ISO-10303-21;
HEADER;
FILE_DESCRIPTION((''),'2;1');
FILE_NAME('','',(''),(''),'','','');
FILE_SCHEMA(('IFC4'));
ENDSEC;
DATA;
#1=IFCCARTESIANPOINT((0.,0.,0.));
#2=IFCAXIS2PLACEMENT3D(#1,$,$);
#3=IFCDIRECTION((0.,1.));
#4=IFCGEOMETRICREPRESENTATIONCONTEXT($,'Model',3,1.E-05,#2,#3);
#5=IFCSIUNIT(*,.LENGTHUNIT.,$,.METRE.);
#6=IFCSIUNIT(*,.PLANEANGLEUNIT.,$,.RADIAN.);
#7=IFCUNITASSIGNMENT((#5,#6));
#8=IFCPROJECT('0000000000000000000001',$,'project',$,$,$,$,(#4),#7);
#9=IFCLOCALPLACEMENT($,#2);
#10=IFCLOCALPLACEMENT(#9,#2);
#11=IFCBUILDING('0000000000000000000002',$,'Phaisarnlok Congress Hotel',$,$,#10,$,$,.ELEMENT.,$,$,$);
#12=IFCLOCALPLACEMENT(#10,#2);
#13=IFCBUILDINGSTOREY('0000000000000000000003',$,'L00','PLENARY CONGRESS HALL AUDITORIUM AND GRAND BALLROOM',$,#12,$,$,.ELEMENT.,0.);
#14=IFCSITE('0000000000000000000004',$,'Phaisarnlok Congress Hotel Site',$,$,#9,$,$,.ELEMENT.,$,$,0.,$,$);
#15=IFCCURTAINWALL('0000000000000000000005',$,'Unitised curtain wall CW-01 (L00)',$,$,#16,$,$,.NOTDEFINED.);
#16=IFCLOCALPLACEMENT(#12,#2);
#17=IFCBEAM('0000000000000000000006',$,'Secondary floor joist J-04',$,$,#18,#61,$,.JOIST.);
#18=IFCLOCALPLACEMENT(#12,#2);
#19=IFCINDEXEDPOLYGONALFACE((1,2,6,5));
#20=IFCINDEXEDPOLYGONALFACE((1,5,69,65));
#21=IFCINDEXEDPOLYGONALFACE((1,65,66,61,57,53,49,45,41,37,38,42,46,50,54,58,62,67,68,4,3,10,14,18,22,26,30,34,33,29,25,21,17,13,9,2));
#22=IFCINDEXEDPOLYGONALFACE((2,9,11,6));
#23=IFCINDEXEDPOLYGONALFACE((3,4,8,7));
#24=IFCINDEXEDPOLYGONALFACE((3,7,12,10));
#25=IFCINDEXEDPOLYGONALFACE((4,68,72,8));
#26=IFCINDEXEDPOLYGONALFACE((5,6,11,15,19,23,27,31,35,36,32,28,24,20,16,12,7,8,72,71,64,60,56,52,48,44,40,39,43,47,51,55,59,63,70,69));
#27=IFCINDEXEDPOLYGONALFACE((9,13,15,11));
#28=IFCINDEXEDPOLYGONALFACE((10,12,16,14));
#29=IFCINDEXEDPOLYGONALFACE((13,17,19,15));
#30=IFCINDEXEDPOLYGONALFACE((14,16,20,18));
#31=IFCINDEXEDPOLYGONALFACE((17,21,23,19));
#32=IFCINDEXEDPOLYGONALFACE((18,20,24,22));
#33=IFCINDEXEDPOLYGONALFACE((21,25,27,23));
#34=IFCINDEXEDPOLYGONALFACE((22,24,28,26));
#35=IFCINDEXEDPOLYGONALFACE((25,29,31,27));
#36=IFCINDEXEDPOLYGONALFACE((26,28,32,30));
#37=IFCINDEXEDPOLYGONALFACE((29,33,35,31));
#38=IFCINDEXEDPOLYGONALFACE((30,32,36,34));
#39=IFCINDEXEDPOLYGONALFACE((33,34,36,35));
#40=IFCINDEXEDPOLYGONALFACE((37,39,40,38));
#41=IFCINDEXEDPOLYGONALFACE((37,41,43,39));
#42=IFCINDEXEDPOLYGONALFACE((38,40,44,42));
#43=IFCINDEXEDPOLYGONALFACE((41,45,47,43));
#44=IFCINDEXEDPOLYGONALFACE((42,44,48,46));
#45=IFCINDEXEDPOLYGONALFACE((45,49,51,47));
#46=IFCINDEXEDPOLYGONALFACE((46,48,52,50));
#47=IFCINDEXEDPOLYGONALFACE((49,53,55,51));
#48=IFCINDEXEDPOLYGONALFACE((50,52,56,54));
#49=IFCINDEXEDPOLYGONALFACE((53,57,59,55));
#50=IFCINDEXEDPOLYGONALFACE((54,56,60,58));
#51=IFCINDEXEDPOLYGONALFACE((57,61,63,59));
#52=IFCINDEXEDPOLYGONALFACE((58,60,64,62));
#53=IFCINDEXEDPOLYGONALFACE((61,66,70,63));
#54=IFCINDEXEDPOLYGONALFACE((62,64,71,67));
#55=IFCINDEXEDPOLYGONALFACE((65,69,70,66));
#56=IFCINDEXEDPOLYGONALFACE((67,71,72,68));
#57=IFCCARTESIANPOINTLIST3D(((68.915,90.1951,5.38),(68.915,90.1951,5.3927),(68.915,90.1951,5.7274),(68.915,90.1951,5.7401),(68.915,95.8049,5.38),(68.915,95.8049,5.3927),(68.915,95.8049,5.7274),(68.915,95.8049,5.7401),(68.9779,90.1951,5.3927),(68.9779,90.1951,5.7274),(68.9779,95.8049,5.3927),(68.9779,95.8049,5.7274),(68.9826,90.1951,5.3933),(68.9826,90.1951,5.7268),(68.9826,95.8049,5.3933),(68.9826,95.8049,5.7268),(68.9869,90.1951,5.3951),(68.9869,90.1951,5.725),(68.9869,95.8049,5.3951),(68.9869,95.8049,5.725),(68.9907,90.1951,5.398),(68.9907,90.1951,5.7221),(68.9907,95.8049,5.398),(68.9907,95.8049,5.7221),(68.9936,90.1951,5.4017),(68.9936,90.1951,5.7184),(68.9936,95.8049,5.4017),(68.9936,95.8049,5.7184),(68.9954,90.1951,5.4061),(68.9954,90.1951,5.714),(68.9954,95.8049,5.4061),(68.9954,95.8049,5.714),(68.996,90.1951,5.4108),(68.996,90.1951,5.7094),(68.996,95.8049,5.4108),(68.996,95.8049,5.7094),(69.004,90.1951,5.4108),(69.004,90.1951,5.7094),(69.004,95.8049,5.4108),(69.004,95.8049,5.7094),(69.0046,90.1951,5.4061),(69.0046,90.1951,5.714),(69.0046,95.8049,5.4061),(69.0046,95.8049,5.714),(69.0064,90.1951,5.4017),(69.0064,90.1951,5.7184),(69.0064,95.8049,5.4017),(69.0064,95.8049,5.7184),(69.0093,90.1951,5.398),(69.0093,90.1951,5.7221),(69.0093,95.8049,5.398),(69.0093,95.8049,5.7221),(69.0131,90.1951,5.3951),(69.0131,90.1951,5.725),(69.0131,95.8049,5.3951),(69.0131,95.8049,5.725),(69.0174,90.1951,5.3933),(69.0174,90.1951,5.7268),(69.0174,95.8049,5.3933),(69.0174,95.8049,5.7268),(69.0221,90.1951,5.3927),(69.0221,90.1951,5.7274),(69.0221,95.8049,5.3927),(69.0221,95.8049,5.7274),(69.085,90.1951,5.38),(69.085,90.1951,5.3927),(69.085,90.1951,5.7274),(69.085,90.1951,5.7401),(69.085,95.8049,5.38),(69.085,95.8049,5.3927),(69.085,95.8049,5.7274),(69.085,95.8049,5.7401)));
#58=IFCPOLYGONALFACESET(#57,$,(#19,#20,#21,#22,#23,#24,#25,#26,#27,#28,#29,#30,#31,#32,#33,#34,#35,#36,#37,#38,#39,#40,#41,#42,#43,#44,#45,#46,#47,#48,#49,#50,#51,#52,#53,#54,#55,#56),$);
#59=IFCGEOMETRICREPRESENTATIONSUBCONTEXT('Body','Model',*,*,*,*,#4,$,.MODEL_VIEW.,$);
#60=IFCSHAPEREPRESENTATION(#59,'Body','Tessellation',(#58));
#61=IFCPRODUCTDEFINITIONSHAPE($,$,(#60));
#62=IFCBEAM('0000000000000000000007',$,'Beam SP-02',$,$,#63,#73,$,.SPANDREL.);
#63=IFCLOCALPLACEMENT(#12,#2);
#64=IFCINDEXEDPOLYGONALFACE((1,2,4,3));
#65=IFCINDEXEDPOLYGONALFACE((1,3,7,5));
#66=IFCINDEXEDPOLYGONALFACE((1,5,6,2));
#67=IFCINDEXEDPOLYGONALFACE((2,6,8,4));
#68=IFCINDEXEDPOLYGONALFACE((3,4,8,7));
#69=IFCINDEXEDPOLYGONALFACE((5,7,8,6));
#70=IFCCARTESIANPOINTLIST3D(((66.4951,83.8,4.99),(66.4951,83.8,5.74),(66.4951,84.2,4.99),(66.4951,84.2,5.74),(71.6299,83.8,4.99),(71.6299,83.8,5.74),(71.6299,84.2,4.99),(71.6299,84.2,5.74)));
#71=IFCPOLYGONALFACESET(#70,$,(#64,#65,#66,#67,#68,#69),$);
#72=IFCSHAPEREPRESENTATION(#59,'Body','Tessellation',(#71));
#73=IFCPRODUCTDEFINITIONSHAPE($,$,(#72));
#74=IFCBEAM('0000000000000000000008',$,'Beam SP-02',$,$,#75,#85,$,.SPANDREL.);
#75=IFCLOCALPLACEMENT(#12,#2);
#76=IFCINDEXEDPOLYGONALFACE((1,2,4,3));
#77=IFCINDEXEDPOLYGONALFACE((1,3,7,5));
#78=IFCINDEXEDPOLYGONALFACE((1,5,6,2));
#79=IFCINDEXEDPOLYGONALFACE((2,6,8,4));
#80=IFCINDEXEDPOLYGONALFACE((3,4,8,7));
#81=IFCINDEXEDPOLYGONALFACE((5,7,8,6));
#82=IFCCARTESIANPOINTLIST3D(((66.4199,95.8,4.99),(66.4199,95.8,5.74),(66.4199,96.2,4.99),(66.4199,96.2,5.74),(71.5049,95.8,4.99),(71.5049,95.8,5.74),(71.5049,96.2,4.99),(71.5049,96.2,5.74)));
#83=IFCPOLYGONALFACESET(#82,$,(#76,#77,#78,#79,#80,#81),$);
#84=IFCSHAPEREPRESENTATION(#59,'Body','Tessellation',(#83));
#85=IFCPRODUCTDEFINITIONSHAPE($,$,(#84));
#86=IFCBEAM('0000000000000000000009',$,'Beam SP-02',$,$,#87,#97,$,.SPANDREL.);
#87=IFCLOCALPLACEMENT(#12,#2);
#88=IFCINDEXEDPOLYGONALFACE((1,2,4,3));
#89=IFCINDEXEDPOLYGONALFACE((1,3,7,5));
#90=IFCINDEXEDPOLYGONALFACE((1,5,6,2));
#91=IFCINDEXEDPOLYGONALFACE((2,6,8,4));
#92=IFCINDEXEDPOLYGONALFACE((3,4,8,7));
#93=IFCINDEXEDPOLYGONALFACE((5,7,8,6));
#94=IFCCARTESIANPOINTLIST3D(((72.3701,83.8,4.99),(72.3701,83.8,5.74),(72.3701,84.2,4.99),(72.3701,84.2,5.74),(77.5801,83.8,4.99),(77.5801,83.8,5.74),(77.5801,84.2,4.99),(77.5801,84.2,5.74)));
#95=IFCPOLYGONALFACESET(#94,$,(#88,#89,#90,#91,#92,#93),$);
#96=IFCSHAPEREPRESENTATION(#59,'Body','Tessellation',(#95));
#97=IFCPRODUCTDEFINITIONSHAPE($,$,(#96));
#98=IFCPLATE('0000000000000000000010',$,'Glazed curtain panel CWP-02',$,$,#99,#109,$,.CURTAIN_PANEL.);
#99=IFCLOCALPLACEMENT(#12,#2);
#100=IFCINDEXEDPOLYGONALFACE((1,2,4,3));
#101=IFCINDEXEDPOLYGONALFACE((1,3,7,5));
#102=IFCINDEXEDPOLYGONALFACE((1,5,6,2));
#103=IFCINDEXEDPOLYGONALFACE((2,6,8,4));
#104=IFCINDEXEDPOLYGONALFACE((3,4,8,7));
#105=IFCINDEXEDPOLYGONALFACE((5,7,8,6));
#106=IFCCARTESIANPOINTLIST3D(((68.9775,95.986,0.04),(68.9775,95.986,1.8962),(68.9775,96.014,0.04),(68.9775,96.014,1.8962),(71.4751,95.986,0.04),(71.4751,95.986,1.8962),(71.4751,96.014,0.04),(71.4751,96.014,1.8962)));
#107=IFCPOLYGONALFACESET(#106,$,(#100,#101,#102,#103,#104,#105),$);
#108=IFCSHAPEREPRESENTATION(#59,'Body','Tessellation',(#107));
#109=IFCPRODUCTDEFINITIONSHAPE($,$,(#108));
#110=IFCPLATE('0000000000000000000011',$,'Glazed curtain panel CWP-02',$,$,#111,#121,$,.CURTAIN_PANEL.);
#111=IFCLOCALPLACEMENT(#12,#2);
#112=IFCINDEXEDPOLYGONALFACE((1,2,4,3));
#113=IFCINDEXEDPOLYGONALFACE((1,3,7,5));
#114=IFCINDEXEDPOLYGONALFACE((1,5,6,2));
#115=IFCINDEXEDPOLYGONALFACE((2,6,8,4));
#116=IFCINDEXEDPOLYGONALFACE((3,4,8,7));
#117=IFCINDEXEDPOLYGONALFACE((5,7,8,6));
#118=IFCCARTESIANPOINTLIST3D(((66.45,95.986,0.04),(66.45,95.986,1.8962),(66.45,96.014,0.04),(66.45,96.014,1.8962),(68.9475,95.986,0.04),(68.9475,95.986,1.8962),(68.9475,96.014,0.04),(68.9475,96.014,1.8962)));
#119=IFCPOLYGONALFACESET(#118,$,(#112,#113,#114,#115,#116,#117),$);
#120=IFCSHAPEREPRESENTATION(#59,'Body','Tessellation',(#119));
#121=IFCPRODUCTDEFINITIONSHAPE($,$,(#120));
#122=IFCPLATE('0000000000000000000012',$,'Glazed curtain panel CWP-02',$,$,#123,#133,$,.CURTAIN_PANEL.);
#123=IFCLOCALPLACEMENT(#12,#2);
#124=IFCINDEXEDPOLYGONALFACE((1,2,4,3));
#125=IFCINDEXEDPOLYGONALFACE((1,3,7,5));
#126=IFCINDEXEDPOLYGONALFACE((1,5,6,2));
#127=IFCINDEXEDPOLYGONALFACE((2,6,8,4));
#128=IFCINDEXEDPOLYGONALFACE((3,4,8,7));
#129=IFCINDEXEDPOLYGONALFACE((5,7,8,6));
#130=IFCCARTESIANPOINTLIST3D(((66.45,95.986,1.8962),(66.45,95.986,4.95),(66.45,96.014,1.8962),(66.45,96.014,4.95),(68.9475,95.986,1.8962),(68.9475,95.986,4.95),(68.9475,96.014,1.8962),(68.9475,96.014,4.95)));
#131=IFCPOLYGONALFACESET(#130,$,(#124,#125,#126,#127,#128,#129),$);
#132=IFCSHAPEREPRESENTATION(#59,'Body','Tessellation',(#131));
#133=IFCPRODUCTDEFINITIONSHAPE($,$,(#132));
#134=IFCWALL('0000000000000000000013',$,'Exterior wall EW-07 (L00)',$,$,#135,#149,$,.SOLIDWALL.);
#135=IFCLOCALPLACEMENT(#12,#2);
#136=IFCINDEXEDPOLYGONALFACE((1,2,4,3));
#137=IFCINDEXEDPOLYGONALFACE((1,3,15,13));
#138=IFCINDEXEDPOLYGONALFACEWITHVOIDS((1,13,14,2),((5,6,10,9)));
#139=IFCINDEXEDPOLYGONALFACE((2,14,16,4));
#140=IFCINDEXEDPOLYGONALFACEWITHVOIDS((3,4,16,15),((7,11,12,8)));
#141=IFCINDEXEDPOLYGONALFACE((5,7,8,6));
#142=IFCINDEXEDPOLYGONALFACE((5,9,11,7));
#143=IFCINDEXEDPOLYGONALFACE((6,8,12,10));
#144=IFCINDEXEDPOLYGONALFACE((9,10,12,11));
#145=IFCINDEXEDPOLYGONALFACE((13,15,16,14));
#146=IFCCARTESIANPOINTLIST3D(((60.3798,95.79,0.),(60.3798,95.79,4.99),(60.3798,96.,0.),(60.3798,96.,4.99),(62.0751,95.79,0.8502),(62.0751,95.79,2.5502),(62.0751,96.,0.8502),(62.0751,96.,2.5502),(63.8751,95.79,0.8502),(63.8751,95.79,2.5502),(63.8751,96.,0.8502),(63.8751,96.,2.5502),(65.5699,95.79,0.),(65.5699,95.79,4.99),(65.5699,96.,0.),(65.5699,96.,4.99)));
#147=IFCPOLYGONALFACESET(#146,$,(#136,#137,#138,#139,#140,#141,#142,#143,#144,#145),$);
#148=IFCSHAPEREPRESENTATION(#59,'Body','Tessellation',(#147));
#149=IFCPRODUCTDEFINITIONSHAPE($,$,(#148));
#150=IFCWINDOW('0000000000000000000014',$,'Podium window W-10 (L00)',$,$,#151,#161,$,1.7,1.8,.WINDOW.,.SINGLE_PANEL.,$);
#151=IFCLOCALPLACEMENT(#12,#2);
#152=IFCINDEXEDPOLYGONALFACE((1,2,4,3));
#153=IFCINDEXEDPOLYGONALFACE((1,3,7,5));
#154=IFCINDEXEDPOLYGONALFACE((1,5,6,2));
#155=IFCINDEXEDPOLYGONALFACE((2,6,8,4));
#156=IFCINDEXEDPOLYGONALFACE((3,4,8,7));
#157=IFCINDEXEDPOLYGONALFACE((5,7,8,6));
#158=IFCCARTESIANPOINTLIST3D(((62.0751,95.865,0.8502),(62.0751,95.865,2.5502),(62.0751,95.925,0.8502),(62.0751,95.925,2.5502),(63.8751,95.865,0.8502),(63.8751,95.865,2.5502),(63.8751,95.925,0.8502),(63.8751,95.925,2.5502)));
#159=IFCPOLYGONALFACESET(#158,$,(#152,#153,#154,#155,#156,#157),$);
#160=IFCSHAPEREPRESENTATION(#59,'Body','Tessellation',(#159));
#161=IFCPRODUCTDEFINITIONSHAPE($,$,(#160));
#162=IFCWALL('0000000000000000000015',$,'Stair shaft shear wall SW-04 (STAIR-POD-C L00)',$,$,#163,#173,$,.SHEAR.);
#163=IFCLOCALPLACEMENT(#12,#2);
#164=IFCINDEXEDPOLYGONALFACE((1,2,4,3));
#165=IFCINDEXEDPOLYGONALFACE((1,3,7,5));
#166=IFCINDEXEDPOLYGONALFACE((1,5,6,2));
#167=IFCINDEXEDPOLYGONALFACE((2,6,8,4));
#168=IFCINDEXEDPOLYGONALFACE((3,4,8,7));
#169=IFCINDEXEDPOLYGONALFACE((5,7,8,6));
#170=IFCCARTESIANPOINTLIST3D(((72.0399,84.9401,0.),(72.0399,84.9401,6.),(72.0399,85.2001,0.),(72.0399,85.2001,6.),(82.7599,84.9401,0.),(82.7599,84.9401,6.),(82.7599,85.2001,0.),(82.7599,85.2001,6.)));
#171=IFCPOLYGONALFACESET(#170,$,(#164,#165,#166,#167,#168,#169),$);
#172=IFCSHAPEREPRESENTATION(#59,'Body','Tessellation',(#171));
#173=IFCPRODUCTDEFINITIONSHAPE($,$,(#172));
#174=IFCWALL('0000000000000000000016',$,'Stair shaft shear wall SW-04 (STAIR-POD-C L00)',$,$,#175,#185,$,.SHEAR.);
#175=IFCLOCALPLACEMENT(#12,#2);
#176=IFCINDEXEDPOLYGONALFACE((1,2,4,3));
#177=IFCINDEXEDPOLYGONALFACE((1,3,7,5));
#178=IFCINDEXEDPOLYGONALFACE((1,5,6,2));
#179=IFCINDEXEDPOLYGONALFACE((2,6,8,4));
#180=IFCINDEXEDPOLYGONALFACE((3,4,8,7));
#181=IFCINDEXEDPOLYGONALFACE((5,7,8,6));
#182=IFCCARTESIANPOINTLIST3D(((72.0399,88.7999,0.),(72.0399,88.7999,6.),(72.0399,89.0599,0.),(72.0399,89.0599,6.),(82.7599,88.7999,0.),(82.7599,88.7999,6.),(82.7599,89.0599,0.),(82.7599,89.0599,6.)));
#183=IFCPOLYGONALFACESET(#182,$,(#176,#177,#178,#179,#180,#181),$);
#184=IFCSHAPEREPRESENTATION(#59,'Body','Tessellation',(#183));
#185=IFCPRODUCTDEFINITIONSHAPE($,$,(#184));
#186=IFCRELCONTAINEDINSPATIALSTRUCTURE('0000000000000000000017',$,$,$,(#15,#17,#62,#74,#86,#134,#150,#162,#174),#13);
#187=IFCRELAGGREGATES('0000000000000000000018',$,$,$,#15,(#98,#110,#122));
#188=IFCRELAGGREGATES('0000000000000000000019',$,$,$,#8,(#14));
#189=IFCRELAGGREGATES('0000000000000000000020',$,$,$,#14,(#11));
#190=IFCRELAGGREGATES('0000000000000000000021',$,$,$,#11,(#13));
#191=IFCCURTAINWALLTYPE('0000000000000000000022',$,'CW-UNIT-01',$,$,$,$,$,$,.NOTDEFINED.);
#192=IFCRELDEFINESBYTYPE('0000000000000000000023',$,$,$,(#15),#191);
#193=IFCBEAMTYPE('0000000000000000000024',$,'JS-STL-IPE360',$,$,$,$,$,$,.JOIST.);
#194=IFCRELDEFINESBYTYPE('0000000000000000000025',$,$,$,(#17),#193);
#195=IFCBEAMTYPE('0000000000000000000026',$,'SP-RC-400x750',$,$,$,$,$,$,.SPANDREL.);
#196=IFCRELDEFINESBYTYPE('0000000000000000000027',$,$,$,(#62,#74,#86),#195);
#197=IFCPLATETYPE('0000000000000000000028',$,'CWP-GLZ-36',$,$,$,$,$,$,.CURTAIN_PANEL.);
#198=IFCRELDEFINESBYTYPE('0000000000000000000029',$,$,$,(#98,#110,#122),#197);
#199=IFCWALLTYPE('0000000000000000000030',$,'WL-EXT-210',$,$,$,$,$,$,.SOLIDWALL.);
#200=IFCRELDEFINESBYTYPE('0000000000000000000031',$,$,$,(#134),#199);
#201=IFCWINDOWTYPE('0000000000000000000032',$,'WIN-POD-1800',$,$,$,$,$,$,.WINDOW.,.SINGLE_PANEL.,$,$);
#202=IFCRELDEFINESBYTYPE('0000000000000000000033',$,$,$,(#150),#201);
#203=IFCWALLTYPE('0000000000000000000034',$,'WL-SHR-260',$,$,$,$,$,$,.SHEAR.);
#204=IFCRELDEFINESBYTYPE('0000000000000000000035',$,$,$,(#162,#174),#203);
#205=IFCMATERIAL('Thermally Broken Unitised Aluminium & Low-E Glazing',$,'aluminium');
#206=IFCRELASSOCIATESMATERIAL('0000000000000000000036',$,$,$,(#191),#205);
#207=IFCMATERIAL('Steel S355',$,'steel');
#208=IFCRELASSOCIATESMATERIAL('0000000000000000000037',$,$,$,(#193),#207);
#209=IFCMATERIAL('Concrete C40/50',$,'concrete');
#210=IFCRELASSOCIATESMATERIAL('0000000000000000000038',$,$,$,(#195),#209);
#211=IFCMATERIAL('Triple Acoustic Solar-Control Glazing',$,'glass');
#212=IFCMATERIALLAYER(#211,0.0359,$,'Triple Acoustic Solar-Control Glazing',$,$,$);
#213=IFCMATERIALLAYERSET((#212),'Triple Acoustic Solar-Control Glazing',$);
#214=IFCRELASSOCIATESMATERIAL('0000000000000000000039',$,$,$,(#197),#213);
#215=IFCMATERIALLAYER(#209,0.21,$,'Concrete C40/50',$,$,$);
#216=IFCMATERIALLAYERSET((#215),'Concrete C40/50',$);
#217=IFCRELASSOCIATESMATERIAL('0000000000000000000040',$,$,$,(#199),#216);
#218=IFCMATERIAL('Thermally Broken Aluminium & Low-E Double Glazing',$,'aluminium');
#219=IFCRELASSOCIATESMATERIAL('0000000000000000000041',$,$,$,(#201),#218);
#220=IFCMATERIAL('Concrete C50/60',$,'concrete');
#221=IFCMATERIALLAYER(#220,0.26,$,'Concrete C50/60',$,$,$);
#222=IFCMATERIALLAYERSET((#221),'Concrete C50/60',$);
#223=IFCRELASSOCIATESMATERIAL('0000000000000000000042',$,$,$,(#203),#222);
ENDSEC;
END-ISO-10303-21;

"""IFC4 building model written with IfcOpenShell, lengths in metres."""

from ifc_helpers import new_model, si_unit, direction, frame, frame_2d, origin, origin_2d, place, context, subcontext, project, spatial, rectangle, i_section, extrude, material, layer, layer_set, material_profile, profile_set, type_object, element, fill, aggregate, save


model = new_model("IFC4")

# Units and contexts
model_context = context("Model", 3, precision=1e-05, world=origin(), true_north=direction((0.0, 1.0)))
body_context = subcontext(model_context, "Body", "Model", "MODEL_VIEW")
ifc_project = project(units=[si_unit("LENGTHUNIT", "METRE"), si_unit("PLANEANGLEUNIT", "RADIAN")], contexts=[model_context])

# Site, building, storey
site_placement = place(None, origin())
site = spatial("IfcSite", under=ifc_project, at=site_placement, Name="Phaisarnlok Congress Hotel Site", CompositionType="ELEMENT", RefElevation=0.0)
building_placement = place(site_placement, origin())
building = spatial("IfcBuilding", under=site, at=building_placement, Name="Phaisarnlok Congress Hotel", CompositionType="ELEMENT")
storey_placement = place(building_placement, origin())
storey = spatial("IfcBuildingStorey", under=building, at=storey_placement, Name="L00", Description="PLENARY CONGRESS HALL AUDITORIUM AND GRAND BALLROOM", CompositionType="ELEMENT", Elevation=0.0)

# Shared definitions
ifc_material_1 = material(Name="Concrete C50/60", Category="concrete")

# Shared definitions
ifc_material_2 = material(Name="Concrete C40/50", Category="concrete")
ifc_material_3 = material(Name="Steel S355", Category="steel")

# Curtain wall
ifc_material_4 = material(Name="Thermally Broken Unitised Aluminium & Low-E Glazing", Category="aluminium")
curtain_wall_type = type_object("IfcCurtainWallType", Name="CW-UNIT-01", PredefinedType="NOTDEFINED", material=ifc_material_4)
curtain_wall_placement = place(storey_placement, origin())
curtain_wall = element("IfcCurtainWall", 1, at=curtain_wall_placement, inside=storey, type_object=curtain_wall_type, Name="Unitised curtain wall CW-01 (L00)", PredefinedType="NOTDEFINED")

# Beams
ifc_material_profile_1 = material_profile(ifc_material_3, i_section(OverallWidth=0.1699, OverallDepth=0.3601, WebThickness=0.0081, FlangeThickness=0.0127, FilletRadius=0.0181, at=origin_2d()), Name="IPE 360")
ifc_profile_set_1 = profile_set([ifc_material_profile_1], Name="Steel S355")
beam_type_1 = type_object("IfcBeamType", Name="JS-STL-IPE360", PredefinedType="JOIST", material=ifc_profile_set_1)
for number, where, z_axis, x_axis, name in (
    (2, (69.0, 90.1951, 5.5601), (0.0, 1.0, 0.0), (-1.0, 0.0, 0.0), "Secondary floor joist J-04"),
):
    element("IfcBeam", number, at=place(storey_placement, frame(where, z_axis=z_axis, x_axis=x_axis)), inside=storey, type_object=beam_type_1, Name=name, PredefinedType="JOIST", context=body_context, shape_type="SweptSolid", body=[
        extrude(i_section(OverallWidth=0.1699, OverallDepth=0.3601, WebThickness=0.0081, FlangeThickness=0.0127, FilletRadius=0.0181, at=origin_2d()), origin(), (0.0, 0.0, 1.0), 5.6099),
    ])
ifc_material_profile_2 = material_profile(ifc_material_2, rectangle(XDim=0.3999, YDim=0.75, at=origin_2d()), Name="RC 400x750")
ifc_profile_set_2 = profile_set([ifc_material_profile_2], Name="Concrete C40/50")
beam_type_2 = type_object("IfcBeamType", Name="SP-RC-400x750", PredefinedType="SPANDREL", material=ifc_profile_set_2)
beam_1_placement = place(storey_placement, frame((66.4951, 84.0, 5.365), z_axis=(1.0, 0.0, 0.0), x_axis=(0.0, 1.0, 0.0)))
element("IfcBeam", 3, at=beam_1_placement, inside=storey, type_object=beam_type_2, Name="Beam SP-02", PredefinedType="SPANDREL", context=body_context, shape_type="SweptSolid", body=[
    extrude(rectangle(XDim=0.3999, YDim=0.75, at=origin_2d()), origin(), (0.0, 0.0, 1.0), 5.1348),
])
beam_2_placement = place(storey_placement, frame((66.4199, 96.0, 5.365), z_axis=(1.0, 0.0, 0.0), x_axis=(0.0, 1.0, 0.0)))
element("IfcBeam", 4, at=beam_2_placement, inside=storey, type_object=beam_type_2, Name="Beam SP-02", PredefinedType="SPANDREL", context=body_context, shape_type="SweptSolid", body=[
    extrude(rectangle(XDim=0.3999, YDim=0.75, at=origin_2d()), origin(), (0.0, 0.0, 1.0), 5.085),
])
beam_3_placement = place(storey_placement, frame((72.3701, 84.0, 5.365), z_axis=(1.0, 0.0, 0.0), x_axis=(0.0, 1.0, 0.0)))
element("IfcBeam", 5, at=beam_3_placement, inside=storey, type_object=beam_type_2, Name="Beam SP-02", PredefinedType="SPANDREL", context=body_context, shape_type="SweptSolid", body=[
    extrude(rectangle(XDim=0.3999, YDim=0.75, at=origin_2d()), origin(), (0.0, 0.0, 1.0), 5.21),
])

# Plates
ifc_material_5 = material(Name="Triple Acoustic Solar-Control Glazing", Category="glass")
ifc_layer_1 = layer(ifc_material_5, 0.0359, Name="Triple Acoustic Solar-Control Glazing")
ifc_layer_set_1 = layer_set([ifc_layer_1], Name="Triple Acoustic Solar-Control Glazing")
plate_type = type_object("IfcPlateType", Name="CWP-GLZ-36", PredefinedType="CURTAIN_PANEL", material=ifc_layer_set_1)
plate_1_placement = place(storey_placement, frame((71.4751, 96.0, 0.04), z_axis=(0.0, 0.0, 1.0), x_axis=(-1.0, 0.0, 0.0)))
plate_1 = element("IfcPlate", 6, at=plate_1_placement, type_object=plate_type, Name="Glazed curtain panel CWP-02", PredefinedType="CURTAIN_PANEL", context=body_context, shape_type="SweptSolid", body=[
    extrude(rectangle(XDim=2.4976, YDim=0.0281, at=frame_2d((1.2488, 0.0))), origin(), (0.0, 0.0, 1.0), 1.8562),
])
plate_2_placement = place(storey_placement, frame((68.9475, 96.0, 0.04), z_axis=(0.0, 0.0, 1.0), x_axis=(-1.0, 0.0, 0.0)))
plate_2 = element("IfcPlate", 7, at=plate_2_placement, type_object=plate_type, Name="Glazed curtain panel CWP-02", PredefinedType="CURTAIN_PANEL", context=body_context, shape_type="SweptSolid", body=[
    extrude(rectangle(XDim=2.4976, YDim=0.0281, at=frame_2d((1.2488, 0.0))), origin(), (0.0, 0.0, 1.0), 1.8562),
])
plate_3_placement = place(storey_placement, frame((68.9475, 96.0, 1.8962), z_axis=(0.0, 0.0, 1.0), x_axis=(-1.0, 0.0, 0.0)))
plate_3 = element("IfcPlate", 8, at=plate_3_placement, type_object=plate_type, Name="Glazed curtain panel CWP-02", PredefinedType="CURTAIN_PANEL", context=body_context, shape_type="SweptSolid", body=[
    extrude(rectangle(XDim=2.4976, YDim=0.0281, at=frame_2d((1.2488, 0.0))), origin(), (0.0, 0.0, 1.0), 3.0537),
])
aggregate(curtain_wall, [plate_1, plate_2, plate_3])

# Wall, opening, window
ifc_layer_2 = layer(ifc_material_2, 0.21, Name="Concrete C40/50")
ifc_layer_set_2 = layer_set([ifc_layer_2], Name="Concrete C40/50")
wall_type_1 = type_object("IfcWallType", Name="WL-EXT-210", PredefinedType="SOLIDWALL", material=ifc_layer_set_2)
wall_1_placement = place(storey_placement, frame((65.5701, 95.895, 0.0), z_axis=(0.0, 0.0, 1.0), x_axis=(-1.0, 0.0, 0.0)))
wall_1 = element("IfcWall", 9, at=wall_1_placement, inside=storey, type_object=wall_type_1, Name="Exterior wall EW-07 (L00)", PredefinedType="SOLIDWALL", context=body_context, shape_type="SweptSolid", body=[
    extrude(rectangle(XDim=5.1902, YDim=0.21, at=frame_2d((2.5952, 0.0))), origin(), (0.0, 0.0, 1.0), 4.99),
])
opening_placement = place(wall_1_placement, frame((1.6951, 0.0, 0.8501)))
opening = element("IfcOpeningElement", 10, at=opening_placement, cuts=wall_1, PredefinedType="OPENING", context=body_context, shape_type="SweptSolid", body=[
    extrude(rectangle(XDim=1.8, YDim=1.7, at=frame_2d((0.8999, 0.8501))), frame((0.0, 0.115, 0.0), z_axis=(0.0, -1.0, 0.0), x_axis=(1.0, 0.0, 0.0)), (0.0, 0.0, 1.0), 0.23),
])
ifc_material_6 = material(Name="Thermally Broken Aluminium & Low-E Double Glazing", Category="aluminium")
window_type = type_object("IfcWindowType", Name="WIN-POD-1800", PartitioningType="SINGLE_PANEL", PredefinedType="WINDOW", material=ifc_material_6)
window_placement = place(opening_placement, origin())
window = element("IfcWindow", 11, at=window_placement, inside=storey, type_object=window_type, Name="Podium window W-10 (L00)", OverallHeight=1.7, OverallWidth=1.8, PartitioningType="SINGLE_PANEL", PredefinedType="WINDOW", context=body_context, shape_type="SweptSolid", body=[
    extrude(rectangle(XDim=1.8, YDim=1.7, at=frame_2d((0.8999, 0.8501))), frame((0.0, 0.03, 0.0), z_axis=(0.0, -1.0, 0.0), x_axis=(1.0, 0.0, 0.0)), (0.0, 0.0, 1.0), 0.0601),
])
fill(opening, window)

# Walls
ifc_layer_3 = layer(ifc_material_1, 0.26, Name="Concrete C50/60")
ifc_layer_set_3 = layer_set([ifc_layer_3], Name="Concrete C50/60")
wall_type_2 = type_object("IfcWallType", Name="WL-SHR-260", PredefinedType="SHEAR", material=ifc_layer_set_3)
for number, where, z_axis, x_axis, name in (
    (12, (72.04, 85.0701, 0.0), (0.0, 0.0, 1.0), (1.0, 0.0, 0.0), "Stair shaft shear wall SW-04 (STAIR-POD-C L00)"),
    (13, (72.04, 88.9299, 0.0), (0.0, 0.0, 1.0), (1.0, 0.0, 0.0), "Stair shaft shear wall SW-04 (STAIR-POD-C L00)"),
):
    element("IfcWall", number, at=place(storey_placement, frame(where, z_axis=z_axis, x_axis=x_axis)), inside=storey, type_object=wall_type_2, Name=name, PredefinedType="SHEAR", context=body_context, shape_type="SweptSolid", body=[
        extrude(rectangle(XDim=10.72, YDim=0.26, at=frame_2d((5.3599, 0.0))), origin(), (0.0, 0.0, 1.0), 6.0),
    ])

save(model, "model.ifc")
